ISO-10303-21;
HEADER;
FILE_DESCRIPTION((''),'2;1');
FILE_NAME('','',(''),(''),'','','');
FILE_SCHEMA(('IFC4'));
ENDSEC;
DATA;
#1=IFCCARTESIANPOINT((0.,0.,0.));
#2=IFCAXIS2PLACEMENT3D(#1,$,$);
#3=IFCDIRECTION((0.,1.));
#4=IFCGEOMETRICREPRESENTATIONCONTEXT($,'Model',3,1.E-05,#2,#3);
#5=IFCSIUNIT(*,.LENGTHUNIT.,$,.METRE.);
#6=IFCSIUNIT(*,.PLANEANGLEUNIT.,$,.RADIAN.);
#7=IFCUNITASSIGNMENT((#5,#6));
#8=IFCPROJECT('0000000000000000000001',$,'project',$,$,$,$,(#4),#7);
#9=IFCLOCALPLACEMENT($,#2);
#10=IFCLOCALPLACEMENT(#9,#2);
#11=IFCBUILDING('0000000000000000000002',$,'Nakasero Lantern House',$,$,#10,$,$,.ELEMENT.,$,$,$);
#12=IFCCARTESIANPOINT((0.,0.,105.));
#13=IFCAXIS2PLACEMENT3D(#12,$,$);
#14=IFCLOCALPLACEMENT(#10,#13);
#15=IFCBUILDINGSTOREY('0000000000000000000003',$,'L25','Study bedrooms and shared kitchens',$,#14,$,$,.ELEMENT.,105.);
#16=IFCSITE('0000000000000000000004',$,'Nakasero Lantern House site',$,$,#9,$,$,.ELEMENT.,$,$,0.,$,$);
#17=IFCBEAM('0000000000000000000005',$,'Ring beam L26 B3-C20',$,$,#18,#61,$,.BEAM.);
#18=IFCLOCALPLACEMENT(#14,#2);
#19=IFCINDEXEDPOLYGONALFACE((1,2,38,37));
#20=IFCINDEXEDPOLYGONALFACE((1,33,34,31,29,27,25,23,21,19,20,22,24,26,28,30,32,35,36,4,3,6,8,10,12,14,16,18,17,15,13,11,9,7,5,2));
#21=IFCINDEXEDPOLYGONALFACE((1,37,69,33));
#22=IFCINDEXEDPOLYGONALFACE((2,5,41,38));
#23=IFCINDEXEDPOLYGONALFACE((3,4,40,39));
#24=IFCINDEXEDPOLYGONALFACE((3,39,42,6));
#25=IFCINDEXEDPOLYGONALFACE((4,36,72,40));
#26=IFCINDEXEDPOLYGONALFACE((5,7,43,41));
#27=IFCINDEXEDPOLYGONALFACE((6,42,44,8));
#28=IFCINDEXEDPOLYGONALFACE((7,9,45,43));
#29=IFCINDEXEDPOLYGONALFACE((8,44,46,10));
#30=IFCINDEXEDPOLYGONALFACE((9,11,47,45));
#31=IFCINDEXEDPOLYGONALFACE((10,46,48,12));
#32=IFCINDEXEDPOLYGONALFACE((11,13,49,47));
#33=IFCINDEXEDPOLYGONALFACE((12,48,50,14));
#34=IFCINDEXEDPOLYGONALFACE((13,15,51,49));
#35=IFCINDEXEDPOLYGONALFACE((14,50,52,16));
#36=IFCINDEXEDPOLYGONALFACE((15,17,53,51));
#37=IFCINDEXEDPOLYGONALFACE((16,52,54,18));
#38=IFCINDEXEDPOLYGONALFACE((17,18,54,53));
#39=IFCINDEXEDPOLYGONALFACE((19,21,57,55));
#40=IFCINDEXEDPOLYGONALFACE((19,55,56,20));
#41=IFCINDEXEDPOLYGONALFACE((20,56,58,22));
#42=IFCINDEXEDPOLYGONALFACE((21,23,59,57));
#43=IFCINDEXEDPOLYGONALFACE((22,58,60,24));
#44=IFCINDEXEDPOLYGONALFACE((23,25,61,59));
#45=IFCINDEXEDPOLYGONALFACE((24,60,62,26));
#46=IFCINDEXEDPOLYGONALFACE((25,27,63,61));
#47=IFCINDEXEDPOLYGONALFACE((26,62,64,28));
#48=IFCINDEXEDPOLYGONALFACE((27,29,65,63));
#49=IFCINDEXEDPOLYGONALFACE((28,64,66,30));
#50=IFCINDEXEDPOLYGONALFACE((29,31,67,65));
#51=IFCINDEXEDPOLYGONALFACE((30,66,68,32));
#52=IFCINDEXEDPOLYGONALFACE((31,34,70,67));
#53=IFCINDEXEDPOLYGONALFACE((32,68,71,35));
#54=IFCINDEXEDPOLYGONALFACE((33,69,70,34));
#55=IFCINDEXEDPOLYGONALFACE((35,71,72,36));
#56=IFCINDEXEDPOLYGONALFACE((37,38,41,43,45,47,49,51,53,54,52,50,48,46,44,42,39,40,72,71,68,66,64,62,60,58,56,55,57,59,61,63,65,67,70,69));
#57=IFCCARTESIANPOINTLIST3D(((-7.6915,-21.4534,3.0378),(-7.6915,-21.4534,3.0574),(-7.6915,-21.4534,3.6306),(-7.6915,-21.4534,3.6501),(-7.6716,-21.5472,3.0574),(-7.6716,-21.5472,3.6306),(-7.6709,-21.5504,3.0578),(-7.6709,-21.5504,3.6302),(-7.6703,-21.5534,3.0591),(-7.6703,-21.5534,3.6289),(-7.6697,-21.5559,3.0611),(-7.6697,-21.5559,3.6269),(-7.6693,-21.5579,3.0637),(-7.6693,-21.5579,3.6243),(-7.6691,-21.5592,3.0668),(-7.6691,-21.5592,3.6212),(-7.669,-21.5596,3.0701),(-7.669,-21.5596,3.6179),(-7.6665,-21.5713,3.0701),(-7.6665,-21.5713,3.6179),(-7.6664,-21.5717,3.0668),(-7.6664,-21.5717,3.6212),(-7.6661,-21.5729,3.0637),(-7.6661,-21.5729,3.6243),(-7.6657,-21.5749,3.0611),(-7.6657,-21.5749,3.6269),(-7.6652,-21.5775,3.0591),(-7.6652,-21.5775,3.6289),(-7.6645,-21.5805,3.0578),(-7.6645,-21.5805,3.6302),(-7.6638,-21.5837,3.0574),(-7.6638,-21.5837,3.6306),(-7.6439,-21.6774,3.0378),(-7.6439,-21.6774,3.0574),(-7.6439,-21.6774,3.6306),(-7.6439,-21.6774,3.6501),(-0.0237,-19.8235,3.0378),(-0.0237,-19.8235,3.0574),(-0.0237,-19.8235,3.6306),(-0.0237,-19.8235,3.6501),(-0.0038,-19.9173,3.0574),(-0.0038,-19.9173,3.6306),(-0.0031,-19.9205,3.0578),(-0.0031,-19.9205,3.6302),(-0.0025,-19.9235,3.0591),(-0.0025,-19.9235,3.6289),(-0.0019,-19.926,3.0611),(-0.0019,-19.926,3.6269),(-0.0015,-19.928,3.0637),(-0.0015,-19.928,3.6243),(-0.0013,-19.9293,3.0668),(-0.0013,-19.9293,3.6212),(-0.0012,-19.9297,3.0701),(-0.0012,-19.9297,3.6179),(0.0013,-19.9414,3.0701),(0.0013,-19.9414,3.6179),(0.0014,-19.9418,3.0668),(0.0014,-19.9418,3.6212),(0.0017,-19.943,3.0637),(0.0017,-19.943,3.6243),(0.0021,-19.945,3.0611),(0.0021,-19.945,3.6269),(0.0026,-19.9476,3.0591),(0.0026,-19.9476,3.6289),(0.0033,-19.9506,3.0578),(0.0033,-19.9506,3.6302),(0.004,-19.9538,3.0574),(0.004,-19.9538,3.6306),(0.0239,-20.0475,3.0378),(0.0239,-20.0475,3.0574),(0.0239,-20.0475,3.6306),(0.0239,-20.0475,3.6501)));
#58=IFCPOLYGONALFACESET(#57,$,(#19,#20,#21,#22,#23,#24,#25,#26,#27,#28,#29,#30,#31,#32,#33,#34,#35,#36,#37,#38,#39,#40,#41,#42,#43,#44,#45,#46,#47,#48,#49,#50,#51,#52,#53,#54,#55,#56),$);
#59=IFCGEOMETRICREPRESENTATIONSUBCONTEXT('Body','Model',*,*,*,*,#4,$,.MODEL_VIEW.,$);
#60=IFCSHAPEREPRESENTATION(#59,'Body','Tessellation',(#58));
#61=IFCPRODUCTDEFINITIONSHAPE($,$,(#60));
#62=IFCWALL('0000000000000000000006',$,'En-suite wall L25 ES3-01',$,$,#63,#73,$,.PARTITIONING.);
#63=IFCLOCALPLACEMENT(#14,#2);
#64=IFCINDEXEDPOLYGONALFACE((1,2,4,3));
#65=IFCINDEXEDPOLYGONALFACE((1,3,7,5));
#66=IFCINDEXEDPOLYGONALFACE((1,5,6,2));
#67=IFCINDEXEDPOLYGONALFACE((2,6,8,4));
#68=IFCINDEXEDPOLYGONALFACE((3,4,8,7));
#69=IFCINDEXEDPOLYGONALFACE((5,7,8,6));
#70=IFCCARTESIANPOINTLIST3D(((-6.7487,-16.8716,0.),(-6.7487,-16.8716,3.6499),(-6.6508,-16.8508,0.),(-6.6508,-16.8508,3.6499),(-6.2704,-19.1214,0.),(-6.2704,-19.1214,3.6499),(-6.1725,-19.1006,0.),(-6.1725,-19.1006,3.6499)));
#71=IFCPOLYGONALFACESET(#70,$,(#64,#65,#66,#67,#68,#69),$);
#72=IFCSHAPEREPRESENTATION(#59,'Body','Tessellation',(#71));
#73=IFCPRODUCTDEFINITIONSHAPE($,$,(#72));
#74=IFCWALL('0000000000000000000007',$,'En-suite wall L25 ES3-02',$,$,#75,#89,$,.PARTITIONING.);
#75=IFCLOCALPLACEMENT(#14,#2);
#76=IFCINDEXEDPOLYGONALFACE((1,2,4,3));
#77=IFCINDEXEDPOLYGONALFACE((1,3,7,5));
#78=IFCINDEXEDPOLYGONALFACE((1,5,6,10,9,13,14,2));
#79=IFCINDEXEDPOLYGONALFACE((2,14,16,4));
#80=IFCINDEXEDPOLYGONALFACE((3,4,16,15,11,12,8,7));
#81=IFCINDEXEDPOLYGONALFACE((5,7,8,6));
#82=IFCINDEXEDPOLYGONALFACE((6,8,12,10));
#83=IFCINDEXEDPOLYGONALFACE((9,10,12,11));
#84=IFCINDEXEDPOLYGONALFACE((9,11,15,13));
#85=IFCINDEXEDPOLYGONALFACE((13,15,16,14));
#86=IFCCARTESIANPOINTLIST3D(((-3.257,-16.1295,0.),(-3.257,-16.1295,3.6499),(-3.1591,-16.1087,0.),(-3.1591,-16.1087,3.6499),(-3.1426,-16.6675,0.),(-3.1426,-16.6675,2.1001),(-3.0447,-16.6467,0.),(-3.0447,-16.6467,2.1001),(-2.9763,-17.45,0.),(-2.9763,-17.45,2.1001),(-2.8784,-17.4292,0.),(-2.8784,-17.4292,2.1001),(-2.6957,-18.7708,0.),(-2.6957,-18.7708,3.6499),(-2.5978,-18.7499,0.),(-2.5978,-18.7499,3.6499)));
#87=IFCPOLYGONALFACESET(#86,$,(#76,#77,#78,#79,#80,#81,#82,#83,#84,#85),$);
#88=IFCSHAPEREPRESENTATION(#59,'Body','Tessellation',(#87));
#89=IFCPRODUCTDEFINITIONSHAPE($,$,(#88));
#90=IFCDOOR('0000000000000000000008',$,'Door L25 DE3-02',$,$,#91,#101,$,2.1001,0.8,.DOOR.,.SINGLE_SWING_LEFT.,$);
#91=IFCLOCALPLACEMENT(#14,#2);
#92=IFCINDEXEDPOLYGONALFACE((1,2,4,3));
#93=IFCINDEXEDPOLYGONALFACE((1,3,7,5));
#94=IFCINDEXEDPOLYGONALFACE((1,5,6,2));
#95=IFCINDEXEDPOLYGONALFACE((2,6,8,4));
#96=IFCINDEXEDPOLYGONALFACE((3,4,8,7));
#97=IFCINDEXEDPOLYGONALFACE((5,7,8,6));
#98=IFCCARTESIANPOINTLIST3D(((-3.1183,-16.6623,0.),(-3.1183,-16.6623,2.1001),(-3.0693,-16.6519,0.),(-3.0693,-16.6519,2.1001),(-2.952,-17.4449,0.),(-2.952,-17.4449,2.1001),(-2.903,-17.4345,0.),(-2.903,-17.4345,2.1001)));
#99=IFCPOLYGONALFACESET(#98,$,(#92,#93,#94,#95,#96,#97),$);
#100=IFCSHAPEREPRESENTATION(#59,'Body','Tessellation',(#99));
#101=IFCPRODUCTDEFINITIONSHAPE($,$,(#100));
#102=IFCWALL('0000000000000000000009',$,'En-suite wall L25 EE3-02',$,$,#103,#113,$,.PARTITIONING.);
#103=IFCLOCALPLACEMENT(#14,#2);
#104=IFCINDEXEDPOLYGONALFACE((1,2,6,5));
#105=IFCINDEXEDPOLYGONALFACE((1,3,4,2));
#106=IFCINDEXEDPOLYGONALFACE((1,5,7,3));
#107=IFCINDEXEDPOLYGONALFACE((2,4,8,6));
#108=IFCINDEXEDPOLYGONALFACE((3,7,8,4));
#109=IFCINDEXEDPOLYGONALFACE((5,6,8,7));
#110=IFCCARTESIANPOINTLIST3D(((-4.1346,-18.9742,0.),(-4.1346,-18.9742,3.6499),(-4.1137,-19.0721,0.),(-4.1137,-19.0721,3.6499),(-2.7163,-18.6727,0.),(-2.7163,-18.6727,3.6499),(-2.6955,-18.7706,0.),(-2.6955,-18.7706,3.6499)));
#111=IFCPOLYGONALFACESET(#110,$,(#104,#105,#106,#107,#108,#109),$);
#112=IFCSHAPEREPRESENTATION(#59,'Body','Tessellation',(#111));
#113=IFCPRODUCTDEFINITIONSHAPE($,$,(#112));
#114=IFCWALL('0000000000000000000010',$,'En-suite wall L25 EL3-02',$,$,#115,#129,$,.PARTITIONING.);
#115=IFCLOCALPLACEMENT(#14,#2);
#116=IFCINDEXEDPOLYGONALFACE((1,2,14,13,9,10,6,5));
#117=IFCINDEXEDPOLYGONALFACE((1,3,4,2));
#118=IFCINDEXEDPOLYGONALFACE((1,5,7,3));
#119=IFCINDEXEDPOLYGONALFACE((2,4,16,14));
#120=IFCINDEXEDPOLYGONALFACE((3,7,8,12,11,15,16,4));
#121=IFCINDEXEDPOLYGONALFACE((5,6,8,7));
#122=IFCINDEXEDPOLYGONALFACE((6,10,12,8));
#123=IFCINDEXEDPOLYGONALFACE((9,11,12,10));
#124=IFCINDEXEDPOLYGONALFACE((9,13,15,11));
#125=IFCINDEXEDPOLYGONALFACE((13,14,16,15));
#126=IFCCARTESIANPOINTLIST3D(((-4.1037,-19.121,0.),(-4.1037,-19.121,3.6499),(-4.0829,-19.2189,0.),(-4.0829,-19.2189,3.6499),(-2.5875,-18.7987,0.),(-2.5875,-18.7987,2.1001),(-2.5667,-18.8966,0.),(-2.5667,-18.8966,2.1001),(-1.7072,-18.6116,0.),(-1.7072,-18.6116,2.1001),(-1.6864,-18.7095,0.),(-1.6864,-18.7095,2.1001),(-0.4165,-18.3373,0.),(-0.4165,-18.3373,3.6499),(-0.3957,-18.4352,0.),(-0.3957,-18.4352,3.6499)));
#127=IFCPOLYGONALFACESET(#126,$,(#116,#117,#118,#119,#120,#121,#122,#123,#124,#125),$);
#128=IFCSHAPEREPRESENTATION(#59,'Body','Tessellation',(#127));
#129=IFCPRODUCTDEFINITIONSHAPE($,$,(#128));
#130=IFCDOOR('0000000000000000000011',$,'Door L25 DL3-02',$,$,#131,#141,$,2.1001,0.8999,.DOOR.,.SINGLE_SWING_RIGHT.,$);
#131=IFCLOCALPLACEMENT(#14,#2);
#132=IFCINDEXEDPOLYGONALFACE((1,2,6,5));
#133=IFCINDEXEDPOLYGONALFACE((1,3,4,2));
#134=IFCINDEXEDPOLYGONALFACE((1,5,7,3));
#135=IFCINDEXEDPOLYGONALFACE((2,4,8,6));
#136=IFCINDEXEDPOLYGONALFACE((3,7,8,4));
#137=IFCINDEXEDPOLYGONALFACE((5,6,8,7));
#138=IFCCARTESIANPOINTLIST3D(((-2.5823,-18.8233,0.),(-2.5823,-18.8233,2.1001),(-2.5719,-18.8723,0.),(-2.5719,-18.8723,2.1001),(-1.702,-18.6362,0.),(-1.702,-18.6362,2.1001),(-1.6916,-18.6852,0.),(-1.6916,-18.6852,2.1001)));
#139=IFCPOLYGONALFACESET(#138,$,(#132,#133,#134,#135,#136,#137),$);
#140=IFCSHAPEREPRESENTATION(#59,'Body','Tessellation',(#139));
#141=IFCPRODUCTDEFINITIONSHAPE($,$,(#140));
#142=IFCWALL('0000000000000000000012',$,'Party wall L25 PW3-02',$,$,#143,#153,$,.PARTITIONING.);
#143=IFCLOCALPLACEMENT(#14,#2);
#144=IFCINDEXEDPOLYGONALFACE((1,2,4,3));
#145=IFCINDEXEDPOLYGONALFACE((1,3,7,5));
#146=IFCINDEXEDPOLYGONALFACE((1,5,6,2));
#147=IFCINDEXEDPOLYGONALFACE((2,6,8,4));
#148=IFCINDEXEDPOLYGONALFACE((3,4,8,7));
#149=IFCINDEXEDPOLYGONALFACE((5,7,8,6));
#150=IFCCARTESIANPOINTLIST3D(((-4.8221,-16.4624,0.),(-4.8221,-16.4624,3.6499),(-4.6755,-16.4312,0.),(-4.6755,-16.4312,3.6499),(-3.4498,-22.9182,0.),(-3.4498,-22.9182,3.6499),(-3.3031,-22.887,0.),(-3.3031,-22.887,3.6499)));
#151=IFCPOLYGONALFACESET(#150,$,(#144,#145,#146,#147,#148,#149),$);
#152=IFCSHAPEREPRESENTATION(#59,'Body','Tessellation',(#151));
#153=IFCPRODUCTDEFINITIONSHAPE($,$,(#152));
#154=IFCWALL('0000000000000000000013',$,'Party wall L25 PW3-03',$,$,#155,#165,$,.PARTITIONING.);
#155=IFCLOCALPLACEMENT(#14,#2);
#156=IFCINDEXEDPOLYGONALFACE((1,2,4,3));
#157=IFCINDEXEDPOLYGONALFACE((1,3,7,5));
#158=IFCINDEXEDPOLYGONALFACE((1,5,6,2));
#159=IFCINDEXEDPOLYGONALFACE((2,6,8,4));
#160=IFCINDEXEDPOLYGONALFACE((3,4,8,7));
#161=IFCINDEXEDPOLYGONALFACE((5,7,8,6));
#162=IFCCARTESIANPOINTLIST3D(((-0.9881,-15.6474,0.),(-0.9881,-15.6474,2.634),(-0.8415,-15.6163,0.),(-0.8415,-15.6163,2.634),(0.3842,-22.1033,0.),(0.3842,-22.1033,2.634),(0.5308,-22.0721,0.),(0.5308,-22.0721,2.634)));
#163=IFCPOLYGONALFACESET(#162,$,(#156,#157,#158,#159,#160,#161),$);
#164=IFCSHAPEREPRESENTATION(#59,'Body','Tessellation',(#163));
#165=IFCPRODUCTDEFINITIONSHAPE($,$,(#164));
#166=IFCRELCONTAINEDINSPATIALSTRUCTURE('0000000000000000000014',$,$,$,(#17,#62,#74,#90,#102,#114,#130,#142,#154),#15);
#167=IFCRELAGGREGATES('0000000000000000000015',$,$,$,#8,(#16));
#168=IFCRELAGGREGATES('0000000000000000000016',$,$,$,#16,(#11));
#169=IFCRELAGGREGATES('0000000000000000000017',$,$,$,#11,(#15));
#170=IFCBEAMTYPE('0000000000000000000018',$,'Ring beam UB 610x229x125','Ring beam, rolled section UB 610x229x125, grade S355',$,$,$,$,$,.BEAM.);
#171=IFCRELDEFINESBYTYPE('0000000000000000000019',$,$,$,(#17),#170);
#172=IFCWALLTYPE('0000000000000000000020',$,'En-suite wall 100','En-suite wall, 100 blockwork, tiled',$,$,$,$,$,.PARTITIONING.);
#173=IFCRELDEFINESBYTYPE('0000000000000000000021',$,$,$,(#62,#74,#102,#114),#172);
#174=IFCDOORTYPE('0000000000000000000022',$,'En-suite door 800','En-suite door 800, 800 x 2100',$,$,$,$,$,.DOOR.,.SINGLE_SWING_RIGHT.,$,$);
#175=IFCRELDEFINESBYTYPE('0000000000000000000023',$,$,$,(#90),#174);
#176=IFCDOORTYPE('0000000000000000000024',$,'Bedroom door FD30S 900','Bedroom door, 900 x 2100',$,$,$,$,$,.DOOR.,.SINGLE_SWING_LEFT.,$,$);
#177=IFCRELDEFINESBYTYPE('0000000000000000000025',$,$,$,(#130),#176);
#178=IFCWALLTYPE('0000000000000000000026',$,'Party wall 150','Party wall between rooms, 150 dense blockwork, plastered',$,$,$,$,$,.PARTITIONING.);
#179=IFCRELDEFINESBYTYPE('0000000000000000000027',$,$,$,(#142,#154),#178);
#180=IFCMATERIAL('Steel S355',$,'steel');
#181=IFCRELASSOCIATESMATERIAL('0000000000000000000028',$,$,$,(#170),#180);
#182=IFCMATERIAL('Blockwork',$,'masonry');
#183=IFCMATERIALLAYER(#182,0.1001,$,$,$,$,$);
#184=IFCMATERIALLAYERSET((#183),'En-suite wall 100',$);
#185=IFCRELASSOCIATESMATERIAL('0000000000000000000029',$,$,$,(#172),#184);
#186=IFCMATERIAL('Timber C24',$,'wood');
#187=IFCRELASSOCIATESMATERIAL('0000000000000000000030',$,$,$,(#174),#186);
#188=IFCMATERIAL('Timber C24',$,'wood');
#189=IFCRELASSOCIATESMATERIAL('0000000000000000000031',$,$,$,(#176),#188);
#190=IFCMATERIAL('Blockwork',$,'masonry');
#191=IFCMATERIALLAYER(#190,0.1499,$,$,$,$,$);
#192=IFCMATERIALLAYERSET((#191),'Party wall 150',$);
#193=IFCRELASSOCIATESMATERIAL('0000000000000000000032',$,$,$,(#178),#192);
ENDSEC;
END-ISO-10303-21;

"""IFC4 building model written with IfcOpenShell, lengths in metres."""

from ifc_helpers import new_model, si_unit, direction, frame, frame_2d, origin, origin_2d, place, context, subcontext, project, spatial, rectangle, i_section, extrude, material, layer, layer_set, material_profile, profile_set, type_object, element, fill, save


model = new_model("IFC4")

# Units and contexts
model_context = context("Model", 3, precision=1e-05, world=origin(), true_north=direction((0.0, 1.0)))
body_context = subcontext(model_context, "Body", "Model", "MODEL_VIEW")
ifc_project = project(units=[si_unit("LENGTHUNIT", "METRE"), si_unit("PLANEANGLEUNIT", "RADIAN")], contexts=[model_context])

# Site, building, storey
site_placement = place(None, origin())
site = spatial("IfcSite", under=ifc_project, at=site_placement, Name="Nakasero Lantern House site", CompositionType="ELEMENT", RefElevation=0.0)
building_placement = place(site_placement, origin())
building = spatial("IfcBuilding", under=site, at=building_placement, Name="Nakasero Lantern House", CompositionType="ELEMENT")
storey_placement = place(building_placement, frame((0.0, 0.0, 105.0)))
storey = spatial("IfcBuildingStorey", under=building, at=storey_placement, Name="L25", Description="Study bedrooms and shared kitchens", CompositionType="ELEMENT", Elevation=105.0)

# Beam
ifc_material_1 = material(Name="Steel S355", Category="steel")
ifc_material_profile_1 = material_profile(ifc_material_1, i_section(OverallWidth=0.229, OverallDepth=0.6123, WebThickness=0.012, FlangeThickness=0.0195, FilletRadius=0.0127, at=origin_2d()), Name="UB 610x229x125")
ifc_profile_set_1 = profile_set([ifc_material_profile_1], Name="Steel S355")
beam_type_1 = type_object("IfcBeamType", Name="Ring beam UB 610x229x125", Description="Ring beam, rolled section UB 610x229x125, grade S355", PredefinedType="BEAM", material=ifc_profile_set_1)
beam_1_placement = place(storey_placement, frame((-7.6677, -21.5654, 3.344), z_axis=(0.978146, 0.207919, 0.0), x_axis=(-0.207919, 0.978146, 0.0)))
element("IfcBeam", 1, at=beam_1_placement, inside=storey, type_object=beam_type_1, Name="Ring beam L26 B3-C20", PredefinedType="BEAM", context=body_context, shape_type="SweptSolid", body=[
    extrude(i_section(OverallWidth=0.229, OverallDepth=0.6123, WebThickness=0.012, FlangeThickness=0.0195, FilletRadius=0.0127, at=origin_2d()), origin(), (0.0, 0.0, 1.0), 7.8391),
])

# Wall
ifc_material_2 = material(Name="Blockwork", Category="masonry")
ifc_layer_1 = layer(ifc_material_2, 0.1001)
ifc_layer_set_1 = layer_set([ifc_layer_1], Name="En-suite wall 100")
wall_type_1 = type_object("IfcWallType", Name="En-suite wall 100", Description="En-suite wall, 100 blockwork, tiled", PredefinedType="PARTITIONING", material=ifc_layer_set_1)
wall_1_placement = place(storey_placement, frame((-6.6997, -16.8613, 0.0), z_axis=(0.0, 0.0, 1.0), x_axis=(0.207941, -0.978141, 0.0)))
element("IfcWall", 2, at=wall_1_placement, inside=storey, type_object=wall_type_1, Name="En-suite wall L25 ES3-01", PredefinedType="PARTITIONING", context=body_context, shape_type="SweptSolid", body=[
    extrude(rectangle(XDim=2.3, YDim=0.1001, at=frame_2d((1.1499, 0.0))), origin(), (0.0, 0.0, 1.0), 3.6499),
])

# Wall, opening, door
wall_2_placement = place(storey_placement, frame((-3.208, -16.1191, 0.0), z_axis=(0.0, 0.0, 1.0), x_axis=(0.207874, -0.978156, 0.0)))
wall_2 = element("IfcWall", 3, at=wall_2_placement, inside=storey, type_object=wall_type_1, Name="En-suite wall L25 ES3-02", PredefinedType="PARTITIONING", context=body_context, shape_type="SweptSolid", body=[
    extrude(rectangle(XDim=2.7002, YDim=0.1001, at=frame_2d((1.3501, 0.0))), origin(), (0.0, 0.0, 1.0), 3.6499),
])
opening_1_placement = place(wall_2_placement, frame((0.55, 0.0, 0.0)))
opening_1 = element("IfcOpeningElement", 4, at=opening_1_placement, cuts=wall_2, PredefinedType="OPENING", context=body_context, shape_type="SweptSolid", body=[
    extrude(rectangle(XDim=0.8, YDim=2.1001, at=frame_2d((0.3999, 1.05))), frame((0.0, 0.0701, 0.0), z_axis=(0.0, -1.0, 0.0), x_axis=(1.0, 0.0, 0.0)), (0.0, 0.0, 1.0), 0.1401),
])
ifc_material_3 = material(Name="Timber C24", Category="wood")
door_type_1 = type_object("IfcDoorType", Name="En-suite door 800", Description="En-suite door 800, 800 x 2100", OperationType="SINGLE_SWING_RIGHT", PredefinedType="DOOR", material=ifc_material_3)
door_1_placement = place(opening_1_placement, origin())
door_1 = element("IfcDoor", 5, at=door_1_placement, inside=storey, type_object=door_type_1, Name="Door L25 DE3-02", OperationType="SINGLE_SWING_LEFT", OverallHeight=2.1001, OverallWidth=0.8, PredefinedType="DOOR", context=body_context, shape_type="SweptSolid", body=[
    extrude(rectangle(XDim=0.8, YDim=2.1001, at=frame_2d((0.3999, 1.05))), frame((0.0, 0.0249, 0.0), z_axis=(0.0, -1.0, 0.0), x_axis=(1.0, 0.0, 0.0)), (0.0, 0.0, 1.0), 0.05),
])
fill(opening_1, door_1)

# Wall
wall_3_placement = place(storey_placement, frame((-4.1243, -19.0232, 0.0), z_axis=(0.0, 0.0, 1.0), x_axis=(0.978139, 0.207953, 0.0)))
element("IfcWall", 6, at=wall_3_placement, inside=storey, type_object=wall_type_1, Name="En-suite wall L25 EE3-02", PredefinedType="PARTITIONING", context=body_context, shape_type="SweptSolid", body=[
    extrude(rectangle(XDim=1.45, YDim=0.1001, at=frame_2d((0.7251, 0.0))), origin(), (0.0, 0.0, 1.0), 3.6499),
])

# Wall, opening, door
wall_4_placement = place(storey_placement, frame((-4.0933, -19.1699, 0.0), z_axis=(0.0, 0.0, 1.0), x_axis=(0.978151, 0.207897, 0.0)))
wall_4 = element("IfcWall", 7, at=wall_4_placement, inside=storey, type_object=wall_type_1, Name="En-suite wall L25 EL3-02", PredefinedType="PARTITIONING", context=body_context, shape_type="SweptSolid", body=[
    extrude(rectangle(XDim=3.7695, YDim=0.1001, at=frame_2d((1.8848, 0.0))), origin(), (0.0, 0.0, 1.0), 3.6499),
])
opening_2_placement = place(wall_4_placement, frame((1.55, 0.0, 0.0)))
opening_2 = element("IfcOpeningElement", 8, at=opening_2_placement, cuts=wall_4, PredefinedType="OPENING", context=body_context, shape_type="SweptSolid", body=[
    extrude(rectangle(XDim=0.8999, YDim=2.1001, at=frame_2d((0.45, 1.05))), frame((0.0, 0.0701, 0.0), z_axis=(0.0, -1.0, 0.0), x_axis=(1.0, 0.0, 0.0)), (0.0, 0.0, 1.0), 0.1401),
])
ifc_material_4 = material(Name="Timber C24", Category="wood")
door_type_2 = type_object("IfcDoorType", Name="Bedroom door FD30S 900", Description="Bedroom door, 900 x 2100", OperationType="SINGLE_SWING_LEFT", PredefinedType="DOOR", material=ifc_material_4)
door_2_placement = place(opening_2_placement, origin())
door_2 = element("IfcDoor", 9, at=door_2_placement, inside=storey, type_object=door_type_2, Name="Door L25 DL3-02", OperationType="SINGLE_SWING_RIGHT", OverallHeight=2.1001, OverallWidth=0.8999, PredefinedType="DOOR", context=body_context, shape_type="SweptSolid", body=[
    extrude(rectangle(XDim=0.8999, YDim=2.1001, at=frame_2d((0.45, 1.05))), frame((0.0, 0.0249, 0.0), z_axis=(0.0, -1.0, 0.0), x_axis=(1.0, 0.0, 0.0)), (0.0, 0.0, 1.0), 0.05),
])
fill(opening_2, door_2)

# Walls
ifc_material_5 = material(Name="Blockwork", Category="masonry")
ifc_layer_2 = layer(ifc_material_5, 0.1499)
ifc_layer_set_2 = layer_set([ifc_layer_2], Name="Party wall 150")
wall_type_2 = type_object("IfcWallType", Name="Party wall 150", Description="Party wall between rooms, 150 dense blockwork, plastered", PredefinedType="PARTITIONING", material=ifc_layer_set_2)
wall_5_placement = place(storey_placement, frame((-4.7488, -16.4468, 0.0), z_axis=(0.0, 0.0, 1.0), x_axis=(0.207925, -0.978145, 0.0)))
element("IfcWall", 10, at=wall_5_placement, inside=storey, type_object=wall_type_2, Name="Party wall L25 PW3-02", PredefinedType="PARTITIONING", context=body_context, shape_type="SweptSolid", body=[
    extrude(rectangle(XDim=6.6001, YDim=0.1499, at=frame_2d((3.3, 0.0))), origin(), (0.0, 0.0, 1.0), 3.6499),
])
wall_6_placement = place(storey_placement, frame((-0.9148, -15.6318, 0.0), z_axis=(0.0, 0.0, 1.0), x_axis=(0.207925, -0.978145, 0.0)))
element("IfcWall", 11, at=wall_6_placement, inside=storey, type_object=wall_type_2, Name="Party wall L25 PW3-03", PredefinedType="PARTITIONING", context=body_context, shape_type="SweptSolid", body=[
    extrude(rectangle(XDim=6.6001, YDim=0.1499, at=frame_2d((3.3, 0.0))), origin(), (0.0, 0.0, 1.0), 2.634),
])

save(model, "model.ifc")
